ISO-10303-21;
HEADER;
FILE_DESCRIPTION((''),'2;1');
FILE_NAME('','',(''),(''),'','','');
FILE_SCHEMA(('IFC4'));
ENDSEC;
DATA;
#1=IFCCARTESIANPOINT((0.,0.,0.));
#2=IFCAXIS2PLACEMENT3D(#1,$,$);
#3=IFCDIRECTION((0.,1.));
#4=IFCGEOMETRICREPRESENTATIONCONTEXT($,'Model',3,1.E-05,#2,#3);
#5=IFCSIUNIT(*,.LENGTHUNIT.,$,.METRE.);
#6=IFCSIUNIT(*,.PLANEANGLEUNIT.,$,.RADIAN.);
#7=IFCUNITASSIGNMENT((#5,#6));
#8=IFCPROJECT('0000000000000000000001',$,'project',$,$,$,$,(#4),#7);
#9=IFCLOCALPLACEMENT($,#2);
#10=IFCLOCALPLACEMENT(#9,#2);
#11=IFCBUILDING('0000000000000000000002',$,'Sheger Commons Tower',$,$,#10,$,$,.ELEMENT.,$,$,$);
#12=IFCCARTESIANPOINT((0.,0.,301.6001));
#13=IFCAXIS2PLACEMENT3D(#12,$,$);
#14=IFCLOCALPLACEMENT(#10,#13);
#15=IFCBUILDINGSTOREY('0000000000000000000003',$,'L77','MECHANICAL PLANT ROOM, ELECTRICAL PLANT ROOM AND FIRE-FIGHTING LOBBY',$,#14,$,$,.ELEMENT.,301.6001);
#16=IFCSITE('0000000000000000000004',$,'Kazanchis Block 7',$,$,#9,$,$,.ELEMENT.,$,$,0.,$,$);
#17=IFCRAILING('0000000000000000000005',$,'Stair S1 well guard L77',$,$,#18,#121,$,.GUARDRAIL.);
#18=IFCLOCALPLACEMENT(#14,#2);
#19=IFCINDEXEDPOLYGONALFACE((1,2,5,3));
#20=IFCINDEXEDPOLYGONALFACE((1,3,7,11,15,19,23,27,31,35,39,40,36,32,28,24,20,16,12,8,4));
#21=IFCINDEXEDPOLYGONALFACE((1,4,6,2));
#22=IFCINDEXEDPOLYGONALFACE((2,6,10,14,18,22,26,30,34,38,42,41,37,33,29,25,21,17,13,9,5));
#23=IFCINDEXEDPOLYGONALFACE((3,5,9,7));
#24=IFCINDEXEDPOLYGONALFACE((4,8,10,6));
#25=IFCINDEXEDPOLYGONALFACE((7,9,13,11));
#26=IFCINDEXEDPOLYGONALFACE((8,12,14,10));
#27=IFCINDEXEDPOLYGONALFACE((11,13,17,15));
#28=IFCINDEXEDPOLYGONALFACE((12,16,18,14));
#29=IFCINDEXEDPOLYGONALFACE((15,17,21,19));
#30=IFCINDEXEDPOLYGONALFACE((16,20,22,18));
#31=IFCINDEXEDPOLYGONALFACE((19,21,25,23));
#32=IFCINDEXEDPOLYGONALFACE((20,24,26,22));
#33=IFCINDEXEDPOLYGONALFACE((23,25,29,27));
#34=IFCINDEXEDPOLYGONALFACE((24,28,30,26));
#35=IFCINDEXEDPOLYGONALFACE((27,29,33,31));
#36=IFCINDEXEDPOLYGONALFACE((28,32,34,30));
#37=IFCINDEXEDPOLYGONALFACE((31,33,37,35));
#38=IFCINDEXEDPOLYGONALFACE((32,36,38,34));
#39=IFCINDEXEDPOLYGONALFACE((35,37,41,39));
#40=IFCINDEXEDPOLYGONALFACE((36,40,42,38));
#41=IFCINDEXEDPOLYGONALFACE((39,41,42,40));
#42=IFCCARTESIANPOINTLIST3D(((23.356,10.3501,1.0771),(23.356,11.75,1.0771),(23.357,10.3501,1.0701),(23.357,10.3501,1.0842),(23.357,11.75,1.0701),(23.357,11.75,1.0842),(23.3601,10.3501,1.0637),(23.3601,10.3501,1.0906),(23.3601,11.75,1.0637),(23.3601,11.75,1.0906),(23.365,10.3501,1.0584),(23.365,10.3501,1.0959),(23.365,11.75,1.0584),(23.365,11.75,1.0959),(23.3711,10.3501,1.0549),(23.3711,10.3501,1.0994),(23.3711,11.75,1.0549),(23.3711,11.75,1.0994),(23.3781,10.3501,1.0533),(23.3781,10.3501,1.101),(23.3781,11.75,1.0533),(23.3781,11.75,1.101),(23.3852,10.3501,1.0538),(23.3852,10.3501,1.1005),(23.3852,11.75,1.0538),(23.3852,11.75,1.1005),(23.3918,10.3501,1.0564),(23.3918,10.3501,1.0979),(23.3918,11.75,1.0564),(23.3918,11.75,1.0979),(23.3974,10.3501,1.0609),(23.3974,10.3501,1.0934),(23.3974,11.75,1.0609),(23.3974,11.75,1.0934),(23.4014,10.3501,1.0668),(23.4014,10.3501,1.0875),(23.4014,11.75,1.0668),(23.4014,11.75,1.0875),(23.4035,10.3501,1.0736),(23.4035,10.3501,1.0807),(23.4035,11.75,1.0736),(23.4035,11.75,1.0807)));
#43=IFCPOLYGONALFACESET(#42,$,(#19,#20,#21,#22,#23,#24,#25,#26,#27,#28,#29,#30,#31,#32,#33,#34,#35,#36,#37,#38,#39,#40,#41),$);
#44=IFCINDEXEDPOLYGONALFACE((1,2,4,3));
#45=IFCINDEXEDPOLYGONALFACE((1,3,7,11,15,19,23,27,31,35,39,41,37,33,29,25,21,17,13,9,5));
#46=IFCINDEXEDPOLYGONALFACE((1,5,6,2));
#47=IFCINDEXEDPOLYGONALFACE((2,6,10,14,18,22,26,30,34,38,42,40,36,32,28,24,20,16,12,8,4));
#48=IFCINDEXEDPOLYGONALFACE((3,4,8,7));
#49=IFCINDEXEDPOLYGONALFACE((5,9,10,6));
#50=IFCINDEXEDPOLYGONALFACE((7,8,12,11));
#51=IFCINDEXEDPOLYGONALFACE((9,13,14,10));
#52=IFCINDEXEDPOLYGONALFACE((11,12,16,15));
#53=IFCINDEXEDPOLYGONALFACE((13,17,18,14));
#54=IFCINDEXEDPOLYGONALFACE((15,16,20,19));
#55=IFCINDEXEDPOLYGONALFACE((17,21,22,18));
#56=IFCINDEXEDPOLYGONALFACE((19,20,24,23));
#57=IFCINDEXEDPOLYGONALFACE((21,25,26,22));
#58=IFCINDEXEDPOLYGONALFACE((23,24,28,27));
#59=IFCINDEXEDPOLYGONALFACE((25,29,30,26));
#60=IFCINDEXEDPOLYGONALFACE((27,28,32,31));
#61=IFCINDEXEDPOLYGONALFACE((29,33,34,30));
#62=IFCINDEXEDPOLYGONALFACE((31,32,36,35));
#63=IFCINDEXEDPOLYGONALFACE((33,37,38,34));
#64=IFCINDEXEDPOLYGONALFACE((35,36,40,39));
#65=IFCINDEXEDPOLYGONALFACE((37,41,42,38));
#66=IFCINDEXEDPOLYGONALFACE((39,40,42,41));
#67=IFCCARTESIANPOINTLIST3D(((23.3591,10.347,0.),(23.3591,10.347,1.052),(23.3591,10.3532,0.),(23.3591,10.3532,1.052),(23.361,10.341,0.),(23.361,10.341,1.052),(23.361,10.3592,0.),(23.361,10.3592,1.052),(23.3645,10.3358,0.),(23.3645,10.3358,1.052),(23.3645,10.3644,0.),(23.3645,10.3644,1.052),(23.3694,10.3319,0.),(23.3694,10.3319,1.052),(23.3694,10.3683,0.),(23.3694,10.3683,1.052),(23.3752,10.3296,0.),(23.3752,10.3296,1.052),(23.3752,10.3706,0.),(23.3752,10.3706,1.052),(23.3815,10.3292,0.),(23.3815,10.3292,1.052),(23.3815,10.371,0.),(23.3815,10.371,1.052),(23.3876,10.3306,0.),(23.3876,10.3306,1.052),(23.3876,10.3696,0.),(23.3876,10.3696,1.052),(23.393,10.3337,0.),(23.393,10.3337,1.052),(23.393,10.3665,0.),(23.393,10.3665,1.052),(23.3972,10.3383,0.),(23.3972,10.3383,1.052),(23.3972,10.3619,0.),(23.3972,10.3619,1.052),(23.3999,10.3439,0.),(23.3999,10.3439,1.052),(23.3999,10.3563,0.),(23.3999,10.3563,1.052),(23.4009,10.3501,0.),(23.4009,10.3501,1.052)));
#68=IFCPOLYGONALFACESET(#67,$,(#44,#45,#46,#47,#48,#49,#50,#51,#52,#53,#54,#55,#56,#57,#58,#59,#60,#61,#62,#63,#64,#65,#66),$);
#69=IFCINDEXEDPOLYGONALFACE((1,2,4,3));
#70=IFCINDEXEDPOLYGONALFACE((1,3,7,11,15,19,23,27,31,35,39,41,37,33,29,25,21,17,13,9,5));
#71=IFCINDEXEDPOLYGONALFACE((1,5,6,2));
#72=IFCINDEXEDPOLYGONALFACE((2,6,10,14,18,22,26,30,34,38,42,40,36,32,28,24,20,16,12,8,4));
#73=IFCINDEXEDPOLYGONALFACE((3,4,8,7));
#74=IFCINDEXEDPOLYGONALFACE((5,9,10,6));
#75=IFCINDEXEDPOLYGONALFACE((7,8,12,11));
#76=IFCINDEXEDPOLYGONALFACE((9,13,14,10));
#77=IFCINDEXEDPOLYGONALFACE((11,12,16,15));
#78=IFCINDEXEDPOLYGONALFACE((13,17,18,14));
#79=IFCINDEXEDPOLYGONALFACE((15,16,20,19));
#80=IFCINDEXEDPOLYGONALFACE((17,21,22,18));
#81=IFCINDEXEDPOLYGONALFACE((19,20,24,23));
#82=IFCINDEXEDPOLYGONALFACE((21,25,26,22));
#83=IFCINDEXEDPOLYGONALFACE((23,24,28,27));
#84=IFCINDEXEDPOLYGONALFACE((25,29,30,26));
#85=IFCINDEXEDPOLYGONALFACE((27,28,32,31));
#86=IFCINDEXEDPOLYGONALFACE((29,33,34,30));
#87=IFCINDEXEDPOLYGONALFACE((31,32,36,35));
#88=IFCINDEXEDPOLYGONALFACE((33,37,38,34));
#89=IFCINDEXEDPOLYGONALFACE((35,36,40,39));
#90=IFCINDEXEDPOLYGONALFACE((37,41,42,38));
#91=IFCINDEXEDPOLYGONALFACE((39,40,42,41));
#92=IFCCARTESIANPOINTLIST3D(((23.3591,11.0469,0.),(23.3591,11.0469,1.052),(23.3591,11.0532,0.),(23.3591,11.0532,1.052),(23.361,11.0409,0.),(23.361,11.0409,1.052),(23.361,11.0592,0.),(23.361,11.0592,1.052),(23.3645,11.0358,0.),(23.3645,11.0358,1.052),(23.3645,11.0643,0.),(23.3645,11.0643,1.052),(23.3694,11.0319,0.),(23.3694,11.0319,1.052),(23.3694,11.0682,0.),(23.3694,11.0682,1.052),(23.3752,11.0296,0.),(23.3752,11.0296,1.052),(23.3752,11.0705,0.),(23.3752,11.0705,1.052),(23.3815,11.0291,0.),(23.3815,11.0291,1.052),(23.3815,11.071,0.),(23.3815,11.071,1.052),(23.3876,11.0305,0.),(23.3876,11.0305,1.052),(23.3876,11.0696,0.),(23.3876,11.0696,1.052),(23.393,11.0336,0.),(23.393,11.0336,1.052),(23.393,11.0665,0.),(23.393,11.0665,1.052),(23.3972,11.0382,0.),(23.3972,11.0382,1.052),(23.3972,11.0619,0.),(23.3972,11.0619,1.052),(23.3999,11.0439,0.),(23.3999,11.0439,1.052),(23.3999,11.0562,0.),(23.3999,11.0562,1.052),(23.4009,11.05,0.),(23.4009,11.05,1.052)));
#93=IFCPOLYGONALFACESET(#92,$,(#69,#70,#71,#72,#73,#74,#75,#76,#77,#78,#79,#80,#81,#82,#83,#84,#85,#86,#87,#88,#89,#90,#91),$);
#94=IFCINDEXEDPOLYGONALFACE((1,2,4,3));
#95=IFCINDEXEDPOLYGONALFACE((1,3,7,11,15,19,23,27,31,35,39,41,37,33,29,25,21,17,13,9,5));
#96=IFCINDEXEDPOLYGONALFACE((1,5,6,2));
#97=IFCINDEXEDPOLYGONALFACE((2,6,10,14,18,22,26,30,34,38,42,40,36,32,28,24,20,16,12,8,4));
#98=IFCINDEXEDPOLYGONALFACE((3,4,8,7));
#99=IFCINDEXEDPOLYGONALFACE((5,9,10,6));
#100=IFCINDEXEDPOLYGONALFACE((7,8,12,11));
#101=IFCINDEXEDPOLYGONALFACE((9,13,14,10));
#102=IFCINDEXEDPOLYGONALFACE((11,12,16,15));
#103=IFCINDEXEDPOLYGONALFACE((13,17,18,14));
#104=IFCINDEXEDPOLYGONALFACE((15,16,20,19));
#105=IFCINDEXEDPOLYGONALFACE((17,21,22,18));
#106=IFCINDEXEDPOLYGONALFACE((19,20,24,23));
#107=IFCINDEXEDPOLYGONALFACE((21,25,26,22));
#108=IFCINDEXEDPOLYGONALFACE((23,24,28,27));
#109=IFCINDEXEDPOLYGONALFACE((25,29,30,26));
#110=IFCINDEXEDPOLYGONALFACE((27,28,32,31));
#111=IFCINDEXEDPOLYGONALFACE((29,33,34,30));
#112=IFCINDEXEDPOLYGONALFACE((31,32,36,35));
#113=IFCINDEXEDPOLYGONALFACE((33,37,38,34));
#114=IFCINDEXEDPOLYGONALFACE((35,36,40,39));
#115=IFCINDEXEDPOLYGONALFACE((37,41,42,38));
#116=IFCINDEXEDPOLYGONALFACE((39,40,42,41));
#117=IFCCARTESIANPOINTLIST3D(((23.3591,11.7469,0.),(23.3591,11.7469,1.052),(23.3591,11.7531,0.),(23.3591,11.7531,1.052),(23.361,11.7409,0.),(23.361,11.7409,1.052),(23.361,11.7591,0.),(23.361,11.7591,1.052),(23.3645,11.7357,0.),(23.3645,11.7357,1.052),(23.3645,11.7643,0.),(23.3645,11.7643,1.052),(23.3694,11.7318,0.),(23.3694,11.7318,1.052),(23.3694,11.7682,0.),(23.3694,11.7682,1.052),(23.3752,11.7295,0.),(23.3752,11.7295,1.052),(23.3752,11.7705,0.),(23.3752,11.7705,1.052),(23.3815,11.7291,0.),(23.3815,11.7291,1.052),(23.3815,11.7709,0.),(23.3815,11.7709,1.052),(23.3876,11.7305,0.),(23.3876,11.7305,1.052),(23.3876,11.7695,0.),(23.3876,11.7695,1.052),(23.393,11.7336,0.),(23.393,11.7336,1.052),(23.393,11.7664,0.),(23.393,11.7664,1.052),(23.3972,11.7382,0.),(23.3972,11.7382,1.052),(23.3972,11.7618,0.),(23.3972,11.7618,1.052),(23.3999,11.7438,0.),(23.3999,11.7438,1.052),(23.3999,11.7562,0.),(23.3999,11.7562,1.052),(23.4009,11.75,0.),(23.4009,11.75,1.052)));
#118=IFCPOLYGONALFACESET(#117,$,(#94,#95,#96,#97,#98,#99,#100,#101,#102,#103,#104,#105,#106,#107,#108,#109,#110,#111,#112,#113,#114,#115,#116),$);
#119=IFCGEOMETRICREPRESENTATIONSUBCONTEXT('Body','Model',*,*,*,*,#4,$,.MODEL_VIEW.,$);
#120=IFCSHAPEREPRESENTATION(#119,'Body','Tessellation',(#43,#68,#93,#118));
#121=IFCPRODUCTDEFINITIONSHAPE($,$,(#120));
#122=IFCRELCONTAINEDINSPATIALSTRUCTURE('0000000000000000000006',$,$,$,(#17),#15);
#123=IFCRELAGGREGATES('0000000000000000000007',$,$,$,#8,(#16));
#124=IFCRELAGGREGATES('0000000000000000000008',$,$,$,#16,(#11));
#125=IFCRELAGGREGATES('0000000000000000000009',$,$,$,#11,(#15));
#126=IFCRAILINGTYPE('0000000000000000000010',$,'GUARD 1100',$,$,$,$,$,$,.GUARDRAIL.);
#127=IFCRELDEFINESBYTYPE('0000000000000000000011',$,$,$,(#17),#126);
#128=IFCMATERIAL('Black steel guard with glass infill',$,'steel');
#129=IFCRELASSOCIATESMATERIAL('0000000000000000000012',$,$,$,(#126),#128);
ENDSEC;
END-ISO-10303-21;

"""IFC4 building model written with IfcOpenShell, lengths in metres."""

from ifc_helpers import new_model, si_unit, direction, frame, origin, origin_2d, place, context, subcontext, project, spatial, circle, extrude, material, type_object, element, save


model = new_model("IFC4")

# Units and contexts
model_context = context("Model", 3, precision=1e-05, world=origin(), true_north=direction((0.0, 1.0)))
body_context = subcontext(model_context, "Body", "Model", "MODEL_VIEW")
ifc_project = project(units=[si_unit("LENGTHUNIT", "METRE"), si_unit("PLANEANGLEUNIT", "RADIAN")], contexts=[model_context])

# Site, building, storey
site_placement = place(None, origin())
site = spatial("IfcSite", under=ifc_project, at=site_placement, Name="Kazanchis Block 7", CompositionType="ELEMENT", RefElevation=0.0)
building_placement = place(site_placement, origin())
building = spatial("IfcBuilding", under=site, at=building_placement, Name="Sheger Commons Tower", CompositionType="ELEMENT")
storey_placement = place(building_placement, frame((0.0, 0.0, 301.6001)))
storey = spatial("IfcBuildingStorey", under=building, at=storey_placement, Name="L77", Description="MECHANICAL PLANT ROOM, ELECTRICAL PLANT ROOM AND FIRE-FIGHTING LOBBY", CompositionType="ELEMENT", Elevation=301.6001)

# Railing
ifc_material_1 = material(Name="Black steel guard with glass infill", Category="steel")
railing_type = type_object("IfcRailingType", Name="GUARD 1100", PredefinedType="GUARDRAIL", material=ifc_material_1)
railing_placement = place(storey_placement, frame((23.3799, 10.3501, 0.0)))
element("IfcRailing", 1, at=railing_placement, inside=storey, type_object=railing_type, Name="Stair S1 well guard L77", PredefinedType="GUARDRAIL", context=body_context, shape_type="SweptSolid", body=[
    extrude(circle(Radius=0.0239, at=origin_2d()), frame((0.0, 0.0, 1.0771), z_axis=(0.0, 1.0, 0.0), x_axis=(-1.0, 0.0, 0.0)), (0.0, 0.0, 1.0), 1.3999),
    extrude(circle(Radius=0.021, at=origin_2d()), origin(), (0.0, 0.0, 1.0), 1.052),
    extrude(circle(Radius=0.021, at=origin_2d()), frame((0.0, 0.7, 0.0)), (0.0, 0.0, 1.0), 1.052),
    extrude(circle(Radius=0.021, at=origin_2d()), frame((0.0, 1.3999, 0.0)), (0.0, 0.0, 1.0), 1.052),
])

save(model, "model.ifc")
